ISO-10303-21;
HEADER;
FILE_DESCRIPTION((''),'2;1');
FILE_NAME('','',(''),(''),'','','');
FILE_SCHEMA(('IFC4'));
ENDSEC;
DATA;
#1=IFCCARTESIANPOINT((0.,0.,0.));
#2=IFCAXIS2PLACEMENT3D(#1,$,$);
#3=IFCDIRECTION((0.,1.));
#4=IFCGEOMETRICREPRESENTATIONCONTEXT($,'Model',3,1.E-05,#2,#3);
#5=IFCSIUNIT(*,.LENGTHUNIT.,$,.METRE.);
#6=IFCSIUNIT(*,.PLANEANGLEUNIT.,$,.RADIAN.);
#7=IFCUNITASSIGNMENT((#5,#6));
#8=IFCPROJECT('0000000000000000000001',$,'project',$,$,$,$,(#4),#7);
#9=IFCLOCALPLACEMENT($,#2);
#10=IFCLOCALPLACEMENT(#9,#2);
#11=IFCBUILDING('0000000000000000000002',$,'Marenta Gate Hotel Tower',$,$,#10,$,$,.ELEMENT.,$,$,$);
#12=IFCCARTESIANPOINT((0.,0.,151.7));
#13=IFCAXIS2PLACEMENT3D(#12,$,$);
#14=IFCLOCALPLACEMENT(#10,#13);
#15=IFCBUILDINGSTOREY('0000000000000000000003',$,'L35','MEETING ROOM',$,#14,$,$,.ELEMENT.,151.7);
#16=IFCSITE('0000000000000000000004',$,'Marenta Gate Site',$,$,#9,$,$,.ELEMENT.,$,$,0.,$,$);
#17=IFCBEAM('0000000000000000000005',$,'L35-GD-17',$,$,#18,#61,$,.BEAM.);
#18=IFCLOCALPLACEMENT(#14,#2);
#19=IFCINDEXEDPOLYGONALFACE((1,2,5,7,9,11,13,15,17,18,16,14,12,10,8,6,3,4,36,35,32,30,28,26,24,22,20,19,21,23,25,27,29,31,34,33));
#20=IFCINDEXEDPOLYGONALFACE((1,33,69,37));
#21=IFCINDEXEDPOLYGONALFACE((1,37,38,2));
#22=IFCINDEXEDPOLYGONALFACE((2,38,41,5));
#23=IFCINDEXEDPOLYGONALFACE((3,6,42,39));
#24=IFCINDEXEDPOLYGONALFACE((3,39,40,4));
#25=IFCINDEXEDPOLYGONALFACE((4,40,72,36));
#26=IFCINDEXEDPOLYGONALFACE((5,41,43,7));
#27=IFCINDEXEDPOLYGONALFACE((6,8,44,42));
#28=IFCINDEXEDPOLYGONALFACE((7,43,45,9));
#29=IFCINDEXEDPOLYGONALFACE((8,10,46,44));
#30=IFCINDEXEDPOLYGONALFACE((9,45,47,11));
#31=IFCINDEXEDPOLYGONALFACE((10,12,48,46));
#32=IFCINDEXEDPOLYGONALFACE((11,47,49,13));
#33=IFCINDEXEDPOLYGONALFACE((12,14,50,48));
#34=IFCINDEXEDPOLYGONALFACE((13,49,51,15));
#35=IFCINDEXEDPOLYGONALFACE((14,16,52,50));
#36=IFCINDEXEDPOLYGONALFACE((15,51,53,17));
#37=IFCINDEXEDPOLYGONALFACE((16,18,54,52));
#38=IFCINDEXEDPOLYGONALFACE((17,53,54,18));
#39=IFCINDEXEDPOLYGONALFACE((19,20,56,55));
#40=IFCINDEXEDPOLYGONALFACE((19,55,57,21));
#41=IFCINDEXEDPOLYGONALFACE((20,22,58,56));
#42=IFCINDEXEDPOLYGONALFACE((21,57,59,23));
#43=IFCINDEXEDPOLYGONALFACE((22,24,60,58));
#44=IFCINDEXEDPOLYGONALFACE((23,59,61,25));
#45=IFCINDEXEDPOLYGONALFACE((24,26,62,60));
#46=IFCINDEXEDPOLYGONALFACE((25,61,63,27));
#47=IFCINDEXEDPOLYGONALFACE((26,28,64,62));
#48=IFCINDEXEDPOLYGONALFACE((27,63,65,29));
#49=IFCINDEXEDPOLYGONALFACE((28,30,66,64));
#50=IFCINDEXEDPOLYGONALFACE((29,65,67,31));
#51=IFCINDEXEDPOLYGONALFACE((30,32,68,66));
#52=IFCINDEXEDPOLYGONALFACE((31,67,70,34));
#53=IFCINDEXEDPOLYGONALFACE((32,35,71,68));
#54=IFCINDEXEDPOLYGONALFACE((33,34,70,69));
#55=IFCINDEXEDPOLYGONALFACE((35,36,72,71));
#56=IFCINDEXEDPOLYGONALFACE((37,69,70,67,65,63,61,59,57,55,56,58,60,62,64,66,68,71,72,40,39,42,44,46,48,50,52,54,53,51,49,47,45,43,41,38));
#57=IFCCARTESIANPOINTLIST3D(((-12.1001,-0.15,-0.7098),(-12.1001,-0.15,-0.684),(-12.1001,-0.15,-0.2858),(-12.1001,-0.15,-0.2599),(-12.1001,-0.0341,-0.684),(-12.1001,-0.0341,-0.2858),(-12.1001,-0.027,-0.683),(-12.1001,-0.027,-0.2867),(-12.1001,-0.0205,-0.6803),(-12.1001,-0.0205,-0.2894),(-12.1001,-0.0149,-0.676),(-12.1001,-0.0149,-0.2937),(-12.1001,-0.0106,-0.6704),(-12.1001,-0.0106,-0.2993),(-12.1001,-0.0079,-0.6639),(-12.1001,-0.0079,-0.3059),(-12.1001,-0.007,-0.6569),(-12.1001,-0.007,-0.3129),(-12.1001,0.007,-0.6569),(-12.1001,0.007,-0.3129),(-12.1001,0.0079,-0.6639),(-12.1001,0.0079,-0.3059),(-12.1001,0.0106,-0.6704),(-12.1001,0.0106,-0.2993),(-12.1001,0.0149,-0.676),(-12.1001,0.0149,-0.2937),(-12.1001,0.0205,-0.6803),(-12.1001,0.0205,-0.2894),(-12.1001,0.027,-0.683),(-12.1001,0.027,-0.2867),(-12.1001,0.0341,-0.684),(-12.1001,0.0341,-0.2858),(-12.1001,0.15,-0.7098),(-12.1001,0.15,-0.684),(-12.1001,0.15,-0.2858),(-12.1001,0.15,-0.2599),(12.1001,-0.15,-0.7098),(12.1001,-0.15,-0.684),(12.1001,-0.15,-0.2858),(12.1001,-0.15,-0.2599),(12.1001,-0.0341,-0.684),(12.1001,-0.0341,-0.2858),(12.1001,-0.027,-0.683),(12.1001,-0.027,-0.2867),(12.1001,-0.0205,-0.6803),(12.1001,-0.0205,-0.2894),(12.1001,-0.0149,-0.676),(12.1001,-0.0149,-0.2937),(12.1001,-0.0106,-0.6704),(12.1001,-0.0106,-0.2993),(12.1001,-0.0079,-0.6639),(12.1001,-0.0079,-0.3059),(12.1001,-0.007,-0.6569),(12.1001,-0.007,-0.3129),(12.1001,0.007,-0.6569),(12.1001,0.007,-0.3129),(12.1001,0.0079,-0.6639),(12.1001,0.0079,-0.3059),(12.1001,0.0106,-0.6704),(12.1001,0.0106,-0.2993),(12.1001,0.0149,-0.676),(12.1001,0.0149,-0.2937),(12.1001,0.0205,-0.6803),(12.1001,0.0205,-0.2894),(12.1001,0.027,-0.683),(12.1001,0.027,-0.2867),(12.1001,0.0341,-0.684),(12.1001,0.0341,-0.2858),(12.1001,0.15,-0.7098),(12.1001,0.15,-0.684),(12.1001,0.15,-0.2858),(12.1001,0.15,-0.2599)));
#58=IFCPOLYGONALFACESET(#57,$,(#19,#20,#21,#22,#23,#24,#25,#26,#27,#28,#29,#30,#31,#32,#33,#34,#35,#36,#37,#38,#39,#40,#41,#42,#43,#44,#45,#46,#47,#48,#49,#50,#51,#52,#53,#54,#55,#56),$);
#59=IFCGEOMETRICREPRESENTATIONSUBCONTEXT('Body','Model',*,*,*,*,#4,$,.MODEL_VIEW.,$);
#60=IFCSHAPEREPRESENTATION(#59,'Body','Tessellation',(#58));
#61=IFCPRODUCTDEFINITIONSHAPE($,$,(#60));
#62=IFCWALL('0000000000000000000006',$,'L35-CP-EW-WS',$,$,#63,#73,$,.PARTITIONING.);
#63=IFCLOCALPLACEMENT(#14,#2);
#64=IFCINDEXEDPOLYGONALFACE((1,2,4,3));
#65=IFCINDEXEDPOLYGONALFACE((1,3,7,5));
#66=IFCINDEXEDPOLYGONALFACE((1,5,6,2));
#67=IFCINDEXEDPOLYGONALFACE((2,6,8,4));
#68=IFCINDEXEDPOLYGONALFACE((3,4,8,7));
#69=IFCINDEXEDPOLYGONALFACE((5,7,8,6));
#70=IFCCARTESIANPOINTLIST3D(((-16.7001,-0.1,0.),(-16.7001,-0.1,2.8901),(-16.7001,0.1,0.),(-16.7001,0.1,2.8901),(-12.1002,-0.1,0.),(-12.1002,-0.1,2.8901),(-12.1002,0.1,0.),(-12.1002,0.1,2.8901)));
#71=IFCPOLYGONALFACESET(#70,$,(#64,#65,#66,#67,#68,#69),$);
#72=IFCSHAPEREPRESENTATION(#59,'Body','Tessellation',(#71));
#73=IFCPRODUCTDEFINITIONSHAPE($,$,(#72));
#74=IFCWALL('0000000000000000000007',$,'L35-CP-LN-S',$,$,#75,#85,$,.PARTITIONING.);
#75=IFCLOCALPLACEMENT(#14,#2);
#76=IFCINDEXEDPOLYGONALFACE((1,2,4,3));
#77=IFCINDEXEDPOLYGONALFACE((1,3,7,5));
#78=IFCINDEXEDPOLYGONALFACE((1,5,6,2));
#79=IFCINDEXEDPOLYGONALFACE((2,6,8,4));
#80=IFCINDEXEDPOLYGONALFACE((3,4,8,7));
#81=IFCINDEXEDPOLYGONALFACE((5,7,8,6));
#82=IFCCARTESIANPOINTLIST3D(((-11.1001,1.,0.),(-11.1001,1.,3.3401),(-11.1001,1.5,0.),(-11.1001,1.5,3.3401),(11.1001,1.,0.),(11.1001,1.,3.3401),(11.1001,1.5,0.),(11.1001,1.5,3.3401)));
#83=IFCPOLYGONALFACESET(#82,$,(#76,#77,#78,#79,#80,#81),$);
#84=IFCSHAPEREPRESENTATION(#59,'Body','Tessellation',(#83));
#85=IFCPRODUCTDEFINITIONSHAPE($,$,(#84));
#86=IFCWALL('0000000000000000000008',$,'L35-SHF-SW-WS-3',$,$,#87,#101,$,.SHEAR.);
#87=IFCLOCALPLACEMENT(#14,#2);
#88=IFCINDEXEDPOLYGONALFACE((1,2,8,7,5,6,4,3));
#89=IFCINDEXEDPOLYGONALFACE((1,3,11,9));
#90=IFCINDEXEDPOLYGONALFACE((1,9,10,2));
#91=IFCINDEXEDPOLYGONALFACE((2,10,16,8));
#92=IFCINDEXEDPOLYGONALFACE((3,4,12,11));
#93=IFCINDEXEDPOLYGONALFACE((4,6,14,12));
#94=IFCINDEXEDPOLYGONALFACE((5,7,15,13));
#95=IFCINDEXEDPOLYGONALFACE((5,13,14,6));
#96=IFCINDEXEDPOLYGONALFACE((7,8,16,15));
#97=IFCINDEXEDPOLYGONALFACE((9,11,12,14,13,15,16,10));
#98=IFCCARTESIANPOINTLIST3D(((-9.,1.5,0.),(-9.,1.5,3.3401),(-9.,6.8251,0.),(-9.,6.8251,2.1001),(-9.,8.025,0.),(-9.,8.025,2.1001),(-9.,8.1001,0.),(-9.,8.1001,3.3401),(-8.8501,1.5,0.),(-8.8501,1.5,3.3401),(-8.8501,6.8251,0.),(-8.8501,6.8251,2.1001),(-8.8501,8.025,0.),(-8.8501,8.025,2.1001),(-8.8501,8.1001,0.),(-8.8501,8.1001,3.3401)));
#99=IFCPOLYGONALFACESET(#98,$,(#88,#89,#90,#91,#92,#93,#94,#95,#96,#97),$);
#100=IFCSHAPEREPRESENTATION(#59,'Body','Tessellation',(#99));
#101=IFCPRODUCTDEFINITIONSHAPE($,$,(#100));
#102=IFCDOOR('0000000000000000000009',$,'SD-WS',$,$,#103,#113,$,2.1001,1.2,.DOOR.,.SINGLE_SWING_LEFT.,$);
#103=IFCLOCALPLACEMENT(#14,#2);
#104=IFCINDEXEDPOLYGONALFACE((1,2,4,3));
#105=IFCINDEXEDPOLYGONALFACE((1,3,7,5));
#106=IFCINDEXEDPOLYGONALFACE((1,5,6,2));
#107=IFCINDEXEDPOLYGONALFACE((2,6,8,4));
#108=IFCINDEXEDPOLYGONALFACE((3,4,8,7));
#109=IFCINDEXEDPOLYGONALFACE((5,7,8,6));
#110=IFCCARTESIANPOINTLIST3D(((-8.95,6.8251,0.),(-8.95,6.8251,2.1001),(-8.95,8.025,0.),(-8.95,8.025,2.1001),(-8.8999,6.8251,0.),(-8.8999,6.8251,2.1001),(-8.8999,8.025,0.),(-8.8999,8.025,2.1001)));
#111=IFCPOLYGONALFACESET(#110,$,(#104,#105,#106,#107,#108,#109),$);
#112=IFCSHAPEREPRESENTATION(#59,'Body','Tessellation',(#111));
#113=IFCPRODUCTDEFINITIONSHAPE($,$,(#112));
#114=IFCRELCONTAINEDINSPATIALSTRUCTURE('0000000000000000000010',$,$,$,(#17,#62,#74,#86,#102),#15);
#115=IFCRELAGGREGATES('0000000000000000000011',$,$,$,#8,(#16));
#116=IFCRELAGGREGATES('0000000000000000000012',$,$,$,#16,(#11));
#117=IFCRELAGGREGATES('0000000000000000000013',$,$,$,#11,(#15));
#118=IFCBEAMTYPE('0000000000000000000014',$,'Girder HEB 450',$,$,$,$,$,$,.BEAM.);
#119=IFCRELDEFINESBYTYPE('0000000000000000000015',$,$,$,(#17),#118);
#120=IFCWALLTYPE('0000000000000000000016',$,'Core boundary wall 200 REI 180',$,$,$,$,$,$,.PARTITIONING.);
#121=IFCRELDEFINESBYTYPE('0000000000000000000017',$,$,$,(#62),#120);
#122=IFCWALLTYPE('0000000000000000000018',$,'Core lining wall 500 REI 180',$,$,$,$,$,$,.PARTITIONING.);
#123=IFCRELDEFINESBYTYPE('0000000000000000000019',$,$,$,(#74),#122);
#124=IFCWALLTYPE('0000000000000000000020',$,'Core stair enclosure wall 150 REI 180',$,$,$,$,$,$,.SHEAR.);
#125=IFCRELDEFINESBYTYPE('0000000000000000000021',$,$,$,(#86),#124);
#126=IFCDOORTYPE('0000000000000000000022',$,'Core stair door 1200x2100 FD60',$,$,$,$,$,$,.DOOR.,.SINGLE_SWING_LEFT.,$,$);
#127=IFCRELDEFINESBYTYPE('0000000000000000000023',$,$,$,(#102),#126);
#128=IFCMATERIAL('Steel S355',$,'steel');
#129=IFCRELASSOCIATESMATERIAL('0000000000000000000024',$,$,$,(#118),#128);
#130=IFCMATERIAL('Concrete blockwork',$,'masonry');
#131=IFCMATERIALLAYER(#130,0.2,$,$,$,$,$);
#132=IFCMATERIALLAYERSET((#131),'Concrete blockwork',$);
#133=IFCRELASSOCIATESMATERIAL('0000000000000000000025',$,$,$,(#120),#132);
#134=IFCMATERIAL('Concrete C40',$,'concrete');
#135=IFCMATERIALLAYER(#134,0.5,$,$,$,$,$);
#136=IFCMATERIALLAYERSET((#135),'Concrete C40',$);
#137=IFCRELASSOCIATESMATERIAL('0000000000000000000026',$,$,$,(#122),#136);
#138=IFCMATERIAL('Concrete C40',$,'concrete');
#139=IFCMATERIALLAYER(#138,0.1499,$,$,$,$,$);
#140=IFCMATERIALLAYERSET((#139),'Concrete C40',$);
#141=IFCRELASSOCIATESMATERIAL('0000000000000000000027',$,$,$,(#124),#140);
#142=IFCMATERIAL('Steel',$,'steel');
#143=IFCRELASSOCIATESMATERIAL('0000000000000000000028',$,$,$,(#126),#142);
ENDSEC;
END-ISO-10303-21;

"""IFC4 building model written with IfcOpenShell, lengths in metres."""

from ifc_helpers import new_model, si_unit, direction, frame, frame_2d, origin, origin_2d, place, context, subcontext, project, spatial, rectangle, i_section, extrude, material, layer, layer_set, material_profile, profile_set, type_object, element, fill, save


model = new_model("IFC4")

# Units and contexts
model_context = context("Model", 3, precision=1e-05, world=origin(), true_north=direction((0.0, 1.0)))
body_context = subcontext(model_context, "Body", "Model", "MODEL_VIEW")
ifc_project = project(units=[si_unit("LENGTHUNIT", "METRE"), si_unit("PLANEANGLEUNIT", "RADIAN")], contexts=[model_context])

# Site, building, storey
site_placement = place(None, origin())
site = spatial("IfcSite", under=ifc_project, at=site_placement, Name="Marenta Gate Site", CompositionType="ELEMENT", RefElevation=0.0)
building_placement = place(site_placement, origin())
building = spatial("IfcBuilding", under=site, at=building_placement, Name="Marenta Gate Hotel Tower", CompositionType="ELEMENT")
storey_placement = place(building_placement, frame((0.0, 0.0, 151.7)))
storey = spatial("IfcBuildingStorey", under=building, at=storey_placement, Name="L35", Description="MEETING ROOM", CompositionType="ELEMENT", Elevation=151.7)

# Beam
ifc_material_1 = material(Name="Steel S355", Category="steel")
ifc_material_profile = material_profile(ifc_material_1, i_section(OverallWidth=0.3, OverallDepth=0.45, WebThickness=0.0139, FlangeThickness=0.0259, FilletRadius=0.0271, at=origin_2d()), Name="HEB 450")
ifc_profile_set = profile_set([ifc_material_profile], Name="Steel S355")
beam_type = type_object("IfcBeamType", Name="Girder HEB 450", PredefinedType="BEAM", material=ifc_profile_set)
beam_placement = place(storey_placement, frame((-12.1001, 0.0, -0.4849), z_axis=(1.0, 0.0, 0.0), x_axis=(0.0, 1.0, 0.0)))
element("IfcBeam", 1, at=beam_placement, inside=storey, type_object=beam_type, Name="L35-GD-17", PredefinedType="BEAM", context=body_context, shape_type="SweptSolid", body=[
    extrude(i_section(OverallWidth=0.3, OverallDepth=0.45, WebThickness=0.0139, FlangeThickness=0.0259, FilletRadius=0.0271, at=origin_2d()), origin(), (0.0, 0.0, 1.0), 24.2002),
])

# Shared definitions
ifc_material_2 = material(Name="Concrete blockwork", Category="masonry")
ifc_layer_1 = layer(ifc_material_2, 0.2)
ifc_layer_set_1 = layer_set([ifc_layer_1], Name="Concrete blockwork")
wall_type_1 = type_object("IfcWallType", Name="Core boundary wall 200 REI 180", PredefinedType="PARTITIONING", material=ifc_layer_set_1)

# Walls
wall_1_placement = place(storey_placement, frame((-16.7, 0.0, 0.0), z_axis=(0.0, 0.0, 1.0), x_axis=(1.0, 0.0, 0.0)))
element("IfcWall", 2, at=wall_1_placement, inside=storey, type_object=wall_type_1, Name="L35-CP-EW-WS", PredefinedType="PARTITIONING", context=body_context, shape_type="SweptSolid", body=[
    extrude(rectangle(XDim=4.5999, YDim=0.2, at=frame_2d((2.2998, 0.0))), origin(), (0.0, 0.0, 1.0), 2.8901),
])
ifc_material_3 = material(Name="Concrete C40", Category="concrete")
ifc_layer_2 = layer(ifc_material_3, 0.5)
ifc_layer_set_2 = layer_set([ifc_layer_2], Name="Concrete C40")
wall_type_2 = type_object("IfcWallType", Name="Core lining wall 500 REI 180", PredefinedType="PARTITIONING", material=ifc_layer_set_2)
wall_2_placement = place(storey_placement, frame((-11.1001, 1.25, 0.0), z_axis=(0.0, 0.0, 1.0), x_axis=(1.0, 0.0, 0.0)))
element("IfcWall", 3, at=wall_2_placement, inside=storey, type_object=wall_type_2, Name="L35-CP-LN-S", PredefinedType="PARTITIONING", context=body_context, shape_type="SweptSolid", body=[
    extrude(rectangle(XDim=22.2002, YDim=0.5, at=frame_2d((11.1001, 0.0))), origin(), (0.0, 0.0, 1.0), 3.3401),
])

# Wall, opening, door
ifc_material_4 = material(Name="Concrete C40", Category="concrete")
ifc_layer_3 = layer(ifc_material_4, 0.1499)
ifc_layer_set_3 = layer_set([ifc_layer_3], Name="Concrete C40")
wall_type_3 = type_object("IfcWallType", Name="Core stair enclosure wall 150 REI 180", PredefinedType="SHEAR", material=ifc_layer_set_3)
wall_3_placement = place(storey_placement, frame((-8.925, 1.5, 0.0), z_axis=(0.0, 0.0, 1.0), x_axis=(0.0, 1.0, 0.0)))
wall_3 = element("IfcWall", 4, at=wall_3_placement, inside=storey, type_object=wall_type_3, Name="L35-SHF-SW-WS-3", PredefinedType="SHEAR", context=body_context, shape_type="SweptSolid", body=[
    extrude(rectangle(XDim=6.6001, YDim=0.1499, at=frame_2d((3.3, 0.0))), origin(), (0.0, 0.0, 1.0), 3.3401),
])
opening_1_placement = place(wall_3_placement, frame((5.325, 0.0, 0.0)))
opening_1 = element("IfcOpeningElement", 5, at=opening_1_placement, cuts=wall_3, PredefinedType="OPENING", context=body_context, shape_type="SweptSolid", body=[
    extrude(rectangle(XDim=1.2, YDim=2.1001, at=frame_2d((0.6001, 1.05))), frame((0.0, 0.075, 0.0), z_axis=(0.0, -1.0, 0.0), x_axis=(1.0, 0.0, 0.0)), (0.0, 0.0, 1.0), 0.1499),
])
ifc_material_5 = material(Name="Steel", Category="steel")
door_type_1 = type_object("IfcDoorType", Name="Core stair door 1200x2100 FD60", OperationType="SINGLE_SWING_LEFT", PredefinedType="DOOR", material=ifc_material_5)
door_1_placement = place(opening_1_placement, origin())
door_1 = element("IfcDoor", 6, at=door_1_placement, inside=storey, type_object=door_type_1, Name="SD-WS", OperationType="SINGLE_SWING_LEFT", OverallHeight=2.1001, OverallWidth=1.2, PredefinedType="DOOR", context=body_context, shape_type="SweptSolid", body=[
    extrude(rectangle(XDim=1.2, YDim=2.1001, at=frame_2d((0.6001, 1.05))), frame((0.0, 0.0249, 0.0), z_axis=(0.0, -1.0, 0.0), x_axis=(1.0, 0.0, 0.0)), (0.0, 0.0, 1.0), 0.05),
])
fill(opening_1, door_1)

save(model, "model.ifc")
